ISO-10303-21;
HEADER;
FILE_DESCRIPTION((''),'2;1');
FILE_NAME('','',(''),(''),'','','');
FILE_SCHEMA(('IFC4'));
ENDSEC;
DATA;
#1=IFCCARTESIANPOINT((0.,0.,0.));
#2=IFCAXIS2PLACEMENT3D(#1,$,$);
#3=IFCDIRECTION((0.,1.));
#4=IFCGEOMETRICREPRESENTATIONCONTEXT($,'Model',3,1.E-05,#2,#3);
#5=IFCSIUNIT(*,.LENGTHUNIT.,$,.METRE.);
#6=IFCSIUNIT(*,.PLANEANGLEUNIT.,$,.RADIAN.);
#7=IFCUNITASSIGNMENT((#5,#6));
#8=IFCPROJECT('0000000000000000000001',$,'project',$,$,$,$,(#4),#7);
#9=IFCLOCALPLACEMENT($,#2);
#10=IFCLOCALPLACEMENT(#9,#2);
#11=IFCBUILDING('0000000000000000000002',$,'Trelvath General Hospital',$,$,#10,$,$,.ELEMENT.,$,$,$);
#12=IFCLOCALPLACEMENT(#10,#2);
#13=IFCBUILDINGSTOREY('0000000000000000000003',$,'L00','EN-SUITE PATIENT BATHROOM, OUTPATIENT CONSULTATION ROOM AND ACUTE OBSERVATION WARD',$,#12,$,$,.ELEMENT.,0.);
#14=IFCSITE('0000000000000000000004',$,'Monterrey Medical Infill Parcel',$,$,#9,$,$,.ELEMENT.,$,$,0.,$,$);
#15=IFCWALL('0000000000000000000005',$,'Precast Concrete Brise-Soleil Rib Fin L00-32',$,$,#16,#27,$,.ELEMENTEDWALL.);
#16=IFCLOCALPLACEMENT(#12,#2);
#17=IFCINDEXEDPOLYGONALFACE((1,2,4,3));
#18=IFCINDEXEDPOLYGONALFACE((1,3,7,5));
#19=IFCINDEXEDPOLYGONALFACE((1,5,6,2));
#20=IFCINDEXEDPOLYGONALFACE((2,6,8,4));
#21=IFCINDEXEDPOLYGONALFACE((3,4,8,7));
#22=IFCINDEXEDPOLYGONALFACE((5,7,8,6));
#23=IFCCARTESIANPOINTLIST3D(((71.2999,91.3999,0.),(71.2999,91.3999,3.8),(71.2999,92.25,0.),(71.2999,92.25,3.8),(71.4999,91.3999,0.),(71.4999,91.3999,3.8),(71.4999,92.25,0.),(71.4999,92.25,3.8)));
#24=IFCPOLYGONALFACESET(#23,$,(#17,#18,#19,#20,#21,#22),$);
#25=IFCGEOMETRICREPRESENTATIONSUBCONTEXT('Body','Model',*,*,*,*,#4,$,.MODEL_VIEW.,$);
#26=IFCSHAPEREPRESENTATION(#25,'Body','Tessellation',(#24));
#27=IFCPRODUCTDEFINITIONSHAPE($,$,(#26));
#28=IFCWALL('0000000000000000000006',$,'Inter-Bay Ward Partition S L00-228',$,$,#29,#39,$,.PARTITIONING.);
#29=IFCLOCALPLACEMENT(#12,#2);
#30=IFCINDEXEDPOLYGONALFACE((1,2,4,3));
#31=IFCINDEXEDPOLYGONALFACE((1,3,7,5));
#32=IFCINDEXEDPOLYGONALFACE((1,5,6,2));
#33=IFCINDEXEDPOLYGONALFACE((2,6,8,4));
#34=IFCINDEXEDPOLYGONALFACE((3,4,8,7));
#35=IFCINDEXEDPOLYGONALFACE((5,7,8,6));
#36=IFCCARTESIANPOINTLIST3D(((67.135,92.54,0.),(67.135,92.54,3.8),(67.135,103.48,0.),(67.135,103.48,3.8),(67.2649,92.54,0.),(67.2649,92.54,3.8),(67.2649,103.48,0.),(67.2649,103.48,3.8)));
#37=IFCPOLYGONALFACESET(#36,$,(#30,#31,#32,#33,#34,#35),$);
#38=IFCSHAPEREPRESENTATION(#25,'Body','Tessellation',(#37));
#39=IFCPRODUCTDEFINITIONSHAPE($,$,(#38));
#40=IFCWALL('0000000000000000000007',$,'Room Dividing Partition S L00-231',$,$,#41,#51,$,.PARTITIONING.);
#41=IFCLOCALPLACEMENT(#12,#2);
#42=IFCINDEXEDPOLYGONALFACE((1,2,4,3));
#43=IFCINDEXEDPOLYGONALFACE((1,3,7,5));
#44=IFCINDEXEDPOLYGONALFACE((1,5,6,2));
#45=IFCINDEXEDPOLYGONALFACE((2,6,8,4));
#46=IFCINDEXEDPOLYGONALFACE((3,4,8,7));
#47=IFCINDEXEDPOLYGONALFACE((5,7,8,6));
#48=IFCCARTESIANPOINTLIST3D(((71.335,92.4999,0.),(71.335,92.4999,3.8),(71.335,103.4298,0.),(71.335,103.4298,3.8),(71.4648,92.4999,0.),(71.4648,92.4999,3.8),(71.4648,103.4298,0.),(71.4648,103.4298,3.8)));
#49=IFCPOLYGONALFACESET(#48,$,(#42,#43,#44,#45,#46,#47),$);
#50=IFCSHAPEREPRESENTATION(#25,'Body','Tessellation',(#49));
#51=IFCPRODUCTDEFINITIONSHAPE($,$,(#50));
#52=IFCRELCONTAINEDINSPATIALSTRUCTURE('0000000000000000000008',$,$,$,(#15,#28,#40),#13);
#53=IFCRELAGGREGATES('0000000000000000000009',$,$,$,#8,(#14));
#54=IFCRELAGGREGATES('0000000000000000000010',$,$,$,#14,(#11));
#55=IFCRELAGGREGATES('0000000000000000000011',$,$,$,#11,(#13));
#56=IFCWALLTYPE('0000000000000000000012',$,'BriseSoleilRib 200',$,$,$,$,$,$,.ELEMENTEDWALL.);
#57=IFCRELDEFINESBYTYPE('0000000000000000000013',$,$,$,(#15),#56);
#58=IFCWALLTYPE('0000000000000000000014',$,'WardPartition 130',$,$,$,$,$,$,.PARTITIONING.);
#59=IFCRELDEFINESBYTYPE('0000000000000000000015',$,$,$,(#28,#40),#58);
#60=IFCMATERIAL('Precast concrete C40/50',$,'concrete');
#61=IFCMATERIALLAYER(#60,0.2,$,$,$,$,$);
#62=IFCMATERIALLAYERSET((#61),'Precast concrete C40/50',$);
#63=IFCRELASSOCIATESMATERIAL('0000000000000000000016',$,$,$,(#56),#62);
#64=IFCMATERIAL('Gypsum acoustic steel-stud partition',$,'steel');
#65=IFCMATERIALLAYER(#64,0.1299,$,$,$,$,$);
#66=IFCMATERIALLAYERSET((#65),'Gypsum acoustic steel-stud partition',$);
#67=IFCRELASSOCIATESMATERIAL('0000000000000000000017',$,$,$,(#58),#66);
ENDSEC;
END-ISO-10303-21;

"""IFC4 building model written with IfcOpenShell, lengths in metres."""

from ifc_helpers import new_model, si_unit, direction, frame, frame_2d, origin, place, context, subcontext, project, spatial, rectangle, extrude, material, layer, layer_set, type_object, element, save


model = new_model("IFC4")

# Units and contexts
model_context = context("Model", 3, precision=1e-05, world=origin(), true_north=direction((0.0, 1.0)))
body_context = subcontext(model_context, "Body", "Model", "MODEL_VIEW")
ifc_project = project(units=[si_unit("LENGTHUNIT", "METRE"), si_unit("PLANEANGLEUNIT", "RADIAN")], contexts=[model_context])

# Site, building, storey
site_placement = place(None, origin())
site = spatial("IfcSite", under=ifc_project, at=site_placement, Name="Monterrey Medical Infill Parcel", CompositionType="ELEMENT", RefElevation=0.0)
building_placement = place(site_placement, origin())
building = spatial("IfcBuilding", under=site, at=building_placement, Name="Trelvath General Hospital", CompositionType="ELEMENT")
storey_placement = place(building_placement, origin())
storey = spatial("IfcBuildingStorey", under=building, at=storey_placement, Name="L00", Description="EN-SUITE PATIENT BATHROOM, OUTPATIENT CONSULTATION ROOM AND ACUTE OBSERVATION WARD", CompositionType="ELEMENT", Elevation=0.0)

# Walls
ifc_material_1 = material(Name="Precast concrete C40/50", Category="concrete")
ifc_layer_1 = layer(ifc_material_1, 0.2)
ifc_layer_set_1 = layer_set([ifc_layer_1], Name="Precast concrete C40/50")
wall_type_1 = type_object("IfcWallType", Name="BriseSoleilRib 200", PredefinedType="ELEMENTEDWALL", material=ifc_layer_set_1)
wall_1_placement = place(storey_placement, frame((71.3999, 92.25, 0.0), z_axis=(0.0, 0.0, 1.0), x_axis=(0.0, -1.0, 0.0)))
element("IfcWall", 1, at=wall_1_placement, inside=storey, type_object=wall_type_1, Name="Precast Concrete Brise-Soleil Rib Fin L00-32", PredefinedType="ELEMENTEDWALL", context=body_context, shape_type="SweptSolid", body=[
    extrude(rectangle(XDim=0.8501, YDim=0.2, at=frame_2d((0.425, 0.0))), origin(), (0.0, 0.0, 1.0), 3.8),
])
ifc_material_2 = material(Name="Gypsum acoustic steel-stud partition", Category="steel")
ifc_layer_2 = layer(ifc_material_2, 0.1299)
ifc_layer_set_2 = layer_set([ifc_layer_2], Name="Gypsum acoustic steel-stud partition")
wall_type_2 = type_object("IfcWallType", Name="WardPartition 130", PredefinedType="PARTITIONING", material=ifc_layer_set_2)
wall_2_placement = place(storey_placement, frame((67.2, 92.54, 0.0), z_axis=(0.0, 0.0, 1.0), x_axis=(0.0, 1.0, 0.0)))
element("IfcWall", 2, at=wall_2_placement, inside=storey, type_object=wall_type_2, Name="Inter-Bay Ward Partition S L00-228", PredefinedType="PARTITIONING", context=body_context, shape_type="SweptSolid", body=[
    extrude(rectangle(XDim=10.9399, YDim=0.1299, at=frame_2d((5.47, 0.0))), origin(), (0.0, 0.0, 1.0), 3.8),
])
wall_3_placement = place(storey_placement, frame((71.3999, 92.5, 0.0), z_axis=(0.0, 0.0, 1.0), x_axis=(0.0, 1.0, 0.0)))
element("IfcWall", 3, at=wall_3_placement, inside=storey, type_object=wall_type_2, Name="Room Dividing Partition S L00-231", PredefinedType="PARTITIONING", context=body_context, shape_type="SweptSolid", body=[
    extrude(rectangle(XDim=10.9299, YDim=0.1299, at=frame_2d((5.4648, 0.0))), origin(), (0.0, 0.0, 1.0), 3.8),
])

save(model, "model.ifc")
